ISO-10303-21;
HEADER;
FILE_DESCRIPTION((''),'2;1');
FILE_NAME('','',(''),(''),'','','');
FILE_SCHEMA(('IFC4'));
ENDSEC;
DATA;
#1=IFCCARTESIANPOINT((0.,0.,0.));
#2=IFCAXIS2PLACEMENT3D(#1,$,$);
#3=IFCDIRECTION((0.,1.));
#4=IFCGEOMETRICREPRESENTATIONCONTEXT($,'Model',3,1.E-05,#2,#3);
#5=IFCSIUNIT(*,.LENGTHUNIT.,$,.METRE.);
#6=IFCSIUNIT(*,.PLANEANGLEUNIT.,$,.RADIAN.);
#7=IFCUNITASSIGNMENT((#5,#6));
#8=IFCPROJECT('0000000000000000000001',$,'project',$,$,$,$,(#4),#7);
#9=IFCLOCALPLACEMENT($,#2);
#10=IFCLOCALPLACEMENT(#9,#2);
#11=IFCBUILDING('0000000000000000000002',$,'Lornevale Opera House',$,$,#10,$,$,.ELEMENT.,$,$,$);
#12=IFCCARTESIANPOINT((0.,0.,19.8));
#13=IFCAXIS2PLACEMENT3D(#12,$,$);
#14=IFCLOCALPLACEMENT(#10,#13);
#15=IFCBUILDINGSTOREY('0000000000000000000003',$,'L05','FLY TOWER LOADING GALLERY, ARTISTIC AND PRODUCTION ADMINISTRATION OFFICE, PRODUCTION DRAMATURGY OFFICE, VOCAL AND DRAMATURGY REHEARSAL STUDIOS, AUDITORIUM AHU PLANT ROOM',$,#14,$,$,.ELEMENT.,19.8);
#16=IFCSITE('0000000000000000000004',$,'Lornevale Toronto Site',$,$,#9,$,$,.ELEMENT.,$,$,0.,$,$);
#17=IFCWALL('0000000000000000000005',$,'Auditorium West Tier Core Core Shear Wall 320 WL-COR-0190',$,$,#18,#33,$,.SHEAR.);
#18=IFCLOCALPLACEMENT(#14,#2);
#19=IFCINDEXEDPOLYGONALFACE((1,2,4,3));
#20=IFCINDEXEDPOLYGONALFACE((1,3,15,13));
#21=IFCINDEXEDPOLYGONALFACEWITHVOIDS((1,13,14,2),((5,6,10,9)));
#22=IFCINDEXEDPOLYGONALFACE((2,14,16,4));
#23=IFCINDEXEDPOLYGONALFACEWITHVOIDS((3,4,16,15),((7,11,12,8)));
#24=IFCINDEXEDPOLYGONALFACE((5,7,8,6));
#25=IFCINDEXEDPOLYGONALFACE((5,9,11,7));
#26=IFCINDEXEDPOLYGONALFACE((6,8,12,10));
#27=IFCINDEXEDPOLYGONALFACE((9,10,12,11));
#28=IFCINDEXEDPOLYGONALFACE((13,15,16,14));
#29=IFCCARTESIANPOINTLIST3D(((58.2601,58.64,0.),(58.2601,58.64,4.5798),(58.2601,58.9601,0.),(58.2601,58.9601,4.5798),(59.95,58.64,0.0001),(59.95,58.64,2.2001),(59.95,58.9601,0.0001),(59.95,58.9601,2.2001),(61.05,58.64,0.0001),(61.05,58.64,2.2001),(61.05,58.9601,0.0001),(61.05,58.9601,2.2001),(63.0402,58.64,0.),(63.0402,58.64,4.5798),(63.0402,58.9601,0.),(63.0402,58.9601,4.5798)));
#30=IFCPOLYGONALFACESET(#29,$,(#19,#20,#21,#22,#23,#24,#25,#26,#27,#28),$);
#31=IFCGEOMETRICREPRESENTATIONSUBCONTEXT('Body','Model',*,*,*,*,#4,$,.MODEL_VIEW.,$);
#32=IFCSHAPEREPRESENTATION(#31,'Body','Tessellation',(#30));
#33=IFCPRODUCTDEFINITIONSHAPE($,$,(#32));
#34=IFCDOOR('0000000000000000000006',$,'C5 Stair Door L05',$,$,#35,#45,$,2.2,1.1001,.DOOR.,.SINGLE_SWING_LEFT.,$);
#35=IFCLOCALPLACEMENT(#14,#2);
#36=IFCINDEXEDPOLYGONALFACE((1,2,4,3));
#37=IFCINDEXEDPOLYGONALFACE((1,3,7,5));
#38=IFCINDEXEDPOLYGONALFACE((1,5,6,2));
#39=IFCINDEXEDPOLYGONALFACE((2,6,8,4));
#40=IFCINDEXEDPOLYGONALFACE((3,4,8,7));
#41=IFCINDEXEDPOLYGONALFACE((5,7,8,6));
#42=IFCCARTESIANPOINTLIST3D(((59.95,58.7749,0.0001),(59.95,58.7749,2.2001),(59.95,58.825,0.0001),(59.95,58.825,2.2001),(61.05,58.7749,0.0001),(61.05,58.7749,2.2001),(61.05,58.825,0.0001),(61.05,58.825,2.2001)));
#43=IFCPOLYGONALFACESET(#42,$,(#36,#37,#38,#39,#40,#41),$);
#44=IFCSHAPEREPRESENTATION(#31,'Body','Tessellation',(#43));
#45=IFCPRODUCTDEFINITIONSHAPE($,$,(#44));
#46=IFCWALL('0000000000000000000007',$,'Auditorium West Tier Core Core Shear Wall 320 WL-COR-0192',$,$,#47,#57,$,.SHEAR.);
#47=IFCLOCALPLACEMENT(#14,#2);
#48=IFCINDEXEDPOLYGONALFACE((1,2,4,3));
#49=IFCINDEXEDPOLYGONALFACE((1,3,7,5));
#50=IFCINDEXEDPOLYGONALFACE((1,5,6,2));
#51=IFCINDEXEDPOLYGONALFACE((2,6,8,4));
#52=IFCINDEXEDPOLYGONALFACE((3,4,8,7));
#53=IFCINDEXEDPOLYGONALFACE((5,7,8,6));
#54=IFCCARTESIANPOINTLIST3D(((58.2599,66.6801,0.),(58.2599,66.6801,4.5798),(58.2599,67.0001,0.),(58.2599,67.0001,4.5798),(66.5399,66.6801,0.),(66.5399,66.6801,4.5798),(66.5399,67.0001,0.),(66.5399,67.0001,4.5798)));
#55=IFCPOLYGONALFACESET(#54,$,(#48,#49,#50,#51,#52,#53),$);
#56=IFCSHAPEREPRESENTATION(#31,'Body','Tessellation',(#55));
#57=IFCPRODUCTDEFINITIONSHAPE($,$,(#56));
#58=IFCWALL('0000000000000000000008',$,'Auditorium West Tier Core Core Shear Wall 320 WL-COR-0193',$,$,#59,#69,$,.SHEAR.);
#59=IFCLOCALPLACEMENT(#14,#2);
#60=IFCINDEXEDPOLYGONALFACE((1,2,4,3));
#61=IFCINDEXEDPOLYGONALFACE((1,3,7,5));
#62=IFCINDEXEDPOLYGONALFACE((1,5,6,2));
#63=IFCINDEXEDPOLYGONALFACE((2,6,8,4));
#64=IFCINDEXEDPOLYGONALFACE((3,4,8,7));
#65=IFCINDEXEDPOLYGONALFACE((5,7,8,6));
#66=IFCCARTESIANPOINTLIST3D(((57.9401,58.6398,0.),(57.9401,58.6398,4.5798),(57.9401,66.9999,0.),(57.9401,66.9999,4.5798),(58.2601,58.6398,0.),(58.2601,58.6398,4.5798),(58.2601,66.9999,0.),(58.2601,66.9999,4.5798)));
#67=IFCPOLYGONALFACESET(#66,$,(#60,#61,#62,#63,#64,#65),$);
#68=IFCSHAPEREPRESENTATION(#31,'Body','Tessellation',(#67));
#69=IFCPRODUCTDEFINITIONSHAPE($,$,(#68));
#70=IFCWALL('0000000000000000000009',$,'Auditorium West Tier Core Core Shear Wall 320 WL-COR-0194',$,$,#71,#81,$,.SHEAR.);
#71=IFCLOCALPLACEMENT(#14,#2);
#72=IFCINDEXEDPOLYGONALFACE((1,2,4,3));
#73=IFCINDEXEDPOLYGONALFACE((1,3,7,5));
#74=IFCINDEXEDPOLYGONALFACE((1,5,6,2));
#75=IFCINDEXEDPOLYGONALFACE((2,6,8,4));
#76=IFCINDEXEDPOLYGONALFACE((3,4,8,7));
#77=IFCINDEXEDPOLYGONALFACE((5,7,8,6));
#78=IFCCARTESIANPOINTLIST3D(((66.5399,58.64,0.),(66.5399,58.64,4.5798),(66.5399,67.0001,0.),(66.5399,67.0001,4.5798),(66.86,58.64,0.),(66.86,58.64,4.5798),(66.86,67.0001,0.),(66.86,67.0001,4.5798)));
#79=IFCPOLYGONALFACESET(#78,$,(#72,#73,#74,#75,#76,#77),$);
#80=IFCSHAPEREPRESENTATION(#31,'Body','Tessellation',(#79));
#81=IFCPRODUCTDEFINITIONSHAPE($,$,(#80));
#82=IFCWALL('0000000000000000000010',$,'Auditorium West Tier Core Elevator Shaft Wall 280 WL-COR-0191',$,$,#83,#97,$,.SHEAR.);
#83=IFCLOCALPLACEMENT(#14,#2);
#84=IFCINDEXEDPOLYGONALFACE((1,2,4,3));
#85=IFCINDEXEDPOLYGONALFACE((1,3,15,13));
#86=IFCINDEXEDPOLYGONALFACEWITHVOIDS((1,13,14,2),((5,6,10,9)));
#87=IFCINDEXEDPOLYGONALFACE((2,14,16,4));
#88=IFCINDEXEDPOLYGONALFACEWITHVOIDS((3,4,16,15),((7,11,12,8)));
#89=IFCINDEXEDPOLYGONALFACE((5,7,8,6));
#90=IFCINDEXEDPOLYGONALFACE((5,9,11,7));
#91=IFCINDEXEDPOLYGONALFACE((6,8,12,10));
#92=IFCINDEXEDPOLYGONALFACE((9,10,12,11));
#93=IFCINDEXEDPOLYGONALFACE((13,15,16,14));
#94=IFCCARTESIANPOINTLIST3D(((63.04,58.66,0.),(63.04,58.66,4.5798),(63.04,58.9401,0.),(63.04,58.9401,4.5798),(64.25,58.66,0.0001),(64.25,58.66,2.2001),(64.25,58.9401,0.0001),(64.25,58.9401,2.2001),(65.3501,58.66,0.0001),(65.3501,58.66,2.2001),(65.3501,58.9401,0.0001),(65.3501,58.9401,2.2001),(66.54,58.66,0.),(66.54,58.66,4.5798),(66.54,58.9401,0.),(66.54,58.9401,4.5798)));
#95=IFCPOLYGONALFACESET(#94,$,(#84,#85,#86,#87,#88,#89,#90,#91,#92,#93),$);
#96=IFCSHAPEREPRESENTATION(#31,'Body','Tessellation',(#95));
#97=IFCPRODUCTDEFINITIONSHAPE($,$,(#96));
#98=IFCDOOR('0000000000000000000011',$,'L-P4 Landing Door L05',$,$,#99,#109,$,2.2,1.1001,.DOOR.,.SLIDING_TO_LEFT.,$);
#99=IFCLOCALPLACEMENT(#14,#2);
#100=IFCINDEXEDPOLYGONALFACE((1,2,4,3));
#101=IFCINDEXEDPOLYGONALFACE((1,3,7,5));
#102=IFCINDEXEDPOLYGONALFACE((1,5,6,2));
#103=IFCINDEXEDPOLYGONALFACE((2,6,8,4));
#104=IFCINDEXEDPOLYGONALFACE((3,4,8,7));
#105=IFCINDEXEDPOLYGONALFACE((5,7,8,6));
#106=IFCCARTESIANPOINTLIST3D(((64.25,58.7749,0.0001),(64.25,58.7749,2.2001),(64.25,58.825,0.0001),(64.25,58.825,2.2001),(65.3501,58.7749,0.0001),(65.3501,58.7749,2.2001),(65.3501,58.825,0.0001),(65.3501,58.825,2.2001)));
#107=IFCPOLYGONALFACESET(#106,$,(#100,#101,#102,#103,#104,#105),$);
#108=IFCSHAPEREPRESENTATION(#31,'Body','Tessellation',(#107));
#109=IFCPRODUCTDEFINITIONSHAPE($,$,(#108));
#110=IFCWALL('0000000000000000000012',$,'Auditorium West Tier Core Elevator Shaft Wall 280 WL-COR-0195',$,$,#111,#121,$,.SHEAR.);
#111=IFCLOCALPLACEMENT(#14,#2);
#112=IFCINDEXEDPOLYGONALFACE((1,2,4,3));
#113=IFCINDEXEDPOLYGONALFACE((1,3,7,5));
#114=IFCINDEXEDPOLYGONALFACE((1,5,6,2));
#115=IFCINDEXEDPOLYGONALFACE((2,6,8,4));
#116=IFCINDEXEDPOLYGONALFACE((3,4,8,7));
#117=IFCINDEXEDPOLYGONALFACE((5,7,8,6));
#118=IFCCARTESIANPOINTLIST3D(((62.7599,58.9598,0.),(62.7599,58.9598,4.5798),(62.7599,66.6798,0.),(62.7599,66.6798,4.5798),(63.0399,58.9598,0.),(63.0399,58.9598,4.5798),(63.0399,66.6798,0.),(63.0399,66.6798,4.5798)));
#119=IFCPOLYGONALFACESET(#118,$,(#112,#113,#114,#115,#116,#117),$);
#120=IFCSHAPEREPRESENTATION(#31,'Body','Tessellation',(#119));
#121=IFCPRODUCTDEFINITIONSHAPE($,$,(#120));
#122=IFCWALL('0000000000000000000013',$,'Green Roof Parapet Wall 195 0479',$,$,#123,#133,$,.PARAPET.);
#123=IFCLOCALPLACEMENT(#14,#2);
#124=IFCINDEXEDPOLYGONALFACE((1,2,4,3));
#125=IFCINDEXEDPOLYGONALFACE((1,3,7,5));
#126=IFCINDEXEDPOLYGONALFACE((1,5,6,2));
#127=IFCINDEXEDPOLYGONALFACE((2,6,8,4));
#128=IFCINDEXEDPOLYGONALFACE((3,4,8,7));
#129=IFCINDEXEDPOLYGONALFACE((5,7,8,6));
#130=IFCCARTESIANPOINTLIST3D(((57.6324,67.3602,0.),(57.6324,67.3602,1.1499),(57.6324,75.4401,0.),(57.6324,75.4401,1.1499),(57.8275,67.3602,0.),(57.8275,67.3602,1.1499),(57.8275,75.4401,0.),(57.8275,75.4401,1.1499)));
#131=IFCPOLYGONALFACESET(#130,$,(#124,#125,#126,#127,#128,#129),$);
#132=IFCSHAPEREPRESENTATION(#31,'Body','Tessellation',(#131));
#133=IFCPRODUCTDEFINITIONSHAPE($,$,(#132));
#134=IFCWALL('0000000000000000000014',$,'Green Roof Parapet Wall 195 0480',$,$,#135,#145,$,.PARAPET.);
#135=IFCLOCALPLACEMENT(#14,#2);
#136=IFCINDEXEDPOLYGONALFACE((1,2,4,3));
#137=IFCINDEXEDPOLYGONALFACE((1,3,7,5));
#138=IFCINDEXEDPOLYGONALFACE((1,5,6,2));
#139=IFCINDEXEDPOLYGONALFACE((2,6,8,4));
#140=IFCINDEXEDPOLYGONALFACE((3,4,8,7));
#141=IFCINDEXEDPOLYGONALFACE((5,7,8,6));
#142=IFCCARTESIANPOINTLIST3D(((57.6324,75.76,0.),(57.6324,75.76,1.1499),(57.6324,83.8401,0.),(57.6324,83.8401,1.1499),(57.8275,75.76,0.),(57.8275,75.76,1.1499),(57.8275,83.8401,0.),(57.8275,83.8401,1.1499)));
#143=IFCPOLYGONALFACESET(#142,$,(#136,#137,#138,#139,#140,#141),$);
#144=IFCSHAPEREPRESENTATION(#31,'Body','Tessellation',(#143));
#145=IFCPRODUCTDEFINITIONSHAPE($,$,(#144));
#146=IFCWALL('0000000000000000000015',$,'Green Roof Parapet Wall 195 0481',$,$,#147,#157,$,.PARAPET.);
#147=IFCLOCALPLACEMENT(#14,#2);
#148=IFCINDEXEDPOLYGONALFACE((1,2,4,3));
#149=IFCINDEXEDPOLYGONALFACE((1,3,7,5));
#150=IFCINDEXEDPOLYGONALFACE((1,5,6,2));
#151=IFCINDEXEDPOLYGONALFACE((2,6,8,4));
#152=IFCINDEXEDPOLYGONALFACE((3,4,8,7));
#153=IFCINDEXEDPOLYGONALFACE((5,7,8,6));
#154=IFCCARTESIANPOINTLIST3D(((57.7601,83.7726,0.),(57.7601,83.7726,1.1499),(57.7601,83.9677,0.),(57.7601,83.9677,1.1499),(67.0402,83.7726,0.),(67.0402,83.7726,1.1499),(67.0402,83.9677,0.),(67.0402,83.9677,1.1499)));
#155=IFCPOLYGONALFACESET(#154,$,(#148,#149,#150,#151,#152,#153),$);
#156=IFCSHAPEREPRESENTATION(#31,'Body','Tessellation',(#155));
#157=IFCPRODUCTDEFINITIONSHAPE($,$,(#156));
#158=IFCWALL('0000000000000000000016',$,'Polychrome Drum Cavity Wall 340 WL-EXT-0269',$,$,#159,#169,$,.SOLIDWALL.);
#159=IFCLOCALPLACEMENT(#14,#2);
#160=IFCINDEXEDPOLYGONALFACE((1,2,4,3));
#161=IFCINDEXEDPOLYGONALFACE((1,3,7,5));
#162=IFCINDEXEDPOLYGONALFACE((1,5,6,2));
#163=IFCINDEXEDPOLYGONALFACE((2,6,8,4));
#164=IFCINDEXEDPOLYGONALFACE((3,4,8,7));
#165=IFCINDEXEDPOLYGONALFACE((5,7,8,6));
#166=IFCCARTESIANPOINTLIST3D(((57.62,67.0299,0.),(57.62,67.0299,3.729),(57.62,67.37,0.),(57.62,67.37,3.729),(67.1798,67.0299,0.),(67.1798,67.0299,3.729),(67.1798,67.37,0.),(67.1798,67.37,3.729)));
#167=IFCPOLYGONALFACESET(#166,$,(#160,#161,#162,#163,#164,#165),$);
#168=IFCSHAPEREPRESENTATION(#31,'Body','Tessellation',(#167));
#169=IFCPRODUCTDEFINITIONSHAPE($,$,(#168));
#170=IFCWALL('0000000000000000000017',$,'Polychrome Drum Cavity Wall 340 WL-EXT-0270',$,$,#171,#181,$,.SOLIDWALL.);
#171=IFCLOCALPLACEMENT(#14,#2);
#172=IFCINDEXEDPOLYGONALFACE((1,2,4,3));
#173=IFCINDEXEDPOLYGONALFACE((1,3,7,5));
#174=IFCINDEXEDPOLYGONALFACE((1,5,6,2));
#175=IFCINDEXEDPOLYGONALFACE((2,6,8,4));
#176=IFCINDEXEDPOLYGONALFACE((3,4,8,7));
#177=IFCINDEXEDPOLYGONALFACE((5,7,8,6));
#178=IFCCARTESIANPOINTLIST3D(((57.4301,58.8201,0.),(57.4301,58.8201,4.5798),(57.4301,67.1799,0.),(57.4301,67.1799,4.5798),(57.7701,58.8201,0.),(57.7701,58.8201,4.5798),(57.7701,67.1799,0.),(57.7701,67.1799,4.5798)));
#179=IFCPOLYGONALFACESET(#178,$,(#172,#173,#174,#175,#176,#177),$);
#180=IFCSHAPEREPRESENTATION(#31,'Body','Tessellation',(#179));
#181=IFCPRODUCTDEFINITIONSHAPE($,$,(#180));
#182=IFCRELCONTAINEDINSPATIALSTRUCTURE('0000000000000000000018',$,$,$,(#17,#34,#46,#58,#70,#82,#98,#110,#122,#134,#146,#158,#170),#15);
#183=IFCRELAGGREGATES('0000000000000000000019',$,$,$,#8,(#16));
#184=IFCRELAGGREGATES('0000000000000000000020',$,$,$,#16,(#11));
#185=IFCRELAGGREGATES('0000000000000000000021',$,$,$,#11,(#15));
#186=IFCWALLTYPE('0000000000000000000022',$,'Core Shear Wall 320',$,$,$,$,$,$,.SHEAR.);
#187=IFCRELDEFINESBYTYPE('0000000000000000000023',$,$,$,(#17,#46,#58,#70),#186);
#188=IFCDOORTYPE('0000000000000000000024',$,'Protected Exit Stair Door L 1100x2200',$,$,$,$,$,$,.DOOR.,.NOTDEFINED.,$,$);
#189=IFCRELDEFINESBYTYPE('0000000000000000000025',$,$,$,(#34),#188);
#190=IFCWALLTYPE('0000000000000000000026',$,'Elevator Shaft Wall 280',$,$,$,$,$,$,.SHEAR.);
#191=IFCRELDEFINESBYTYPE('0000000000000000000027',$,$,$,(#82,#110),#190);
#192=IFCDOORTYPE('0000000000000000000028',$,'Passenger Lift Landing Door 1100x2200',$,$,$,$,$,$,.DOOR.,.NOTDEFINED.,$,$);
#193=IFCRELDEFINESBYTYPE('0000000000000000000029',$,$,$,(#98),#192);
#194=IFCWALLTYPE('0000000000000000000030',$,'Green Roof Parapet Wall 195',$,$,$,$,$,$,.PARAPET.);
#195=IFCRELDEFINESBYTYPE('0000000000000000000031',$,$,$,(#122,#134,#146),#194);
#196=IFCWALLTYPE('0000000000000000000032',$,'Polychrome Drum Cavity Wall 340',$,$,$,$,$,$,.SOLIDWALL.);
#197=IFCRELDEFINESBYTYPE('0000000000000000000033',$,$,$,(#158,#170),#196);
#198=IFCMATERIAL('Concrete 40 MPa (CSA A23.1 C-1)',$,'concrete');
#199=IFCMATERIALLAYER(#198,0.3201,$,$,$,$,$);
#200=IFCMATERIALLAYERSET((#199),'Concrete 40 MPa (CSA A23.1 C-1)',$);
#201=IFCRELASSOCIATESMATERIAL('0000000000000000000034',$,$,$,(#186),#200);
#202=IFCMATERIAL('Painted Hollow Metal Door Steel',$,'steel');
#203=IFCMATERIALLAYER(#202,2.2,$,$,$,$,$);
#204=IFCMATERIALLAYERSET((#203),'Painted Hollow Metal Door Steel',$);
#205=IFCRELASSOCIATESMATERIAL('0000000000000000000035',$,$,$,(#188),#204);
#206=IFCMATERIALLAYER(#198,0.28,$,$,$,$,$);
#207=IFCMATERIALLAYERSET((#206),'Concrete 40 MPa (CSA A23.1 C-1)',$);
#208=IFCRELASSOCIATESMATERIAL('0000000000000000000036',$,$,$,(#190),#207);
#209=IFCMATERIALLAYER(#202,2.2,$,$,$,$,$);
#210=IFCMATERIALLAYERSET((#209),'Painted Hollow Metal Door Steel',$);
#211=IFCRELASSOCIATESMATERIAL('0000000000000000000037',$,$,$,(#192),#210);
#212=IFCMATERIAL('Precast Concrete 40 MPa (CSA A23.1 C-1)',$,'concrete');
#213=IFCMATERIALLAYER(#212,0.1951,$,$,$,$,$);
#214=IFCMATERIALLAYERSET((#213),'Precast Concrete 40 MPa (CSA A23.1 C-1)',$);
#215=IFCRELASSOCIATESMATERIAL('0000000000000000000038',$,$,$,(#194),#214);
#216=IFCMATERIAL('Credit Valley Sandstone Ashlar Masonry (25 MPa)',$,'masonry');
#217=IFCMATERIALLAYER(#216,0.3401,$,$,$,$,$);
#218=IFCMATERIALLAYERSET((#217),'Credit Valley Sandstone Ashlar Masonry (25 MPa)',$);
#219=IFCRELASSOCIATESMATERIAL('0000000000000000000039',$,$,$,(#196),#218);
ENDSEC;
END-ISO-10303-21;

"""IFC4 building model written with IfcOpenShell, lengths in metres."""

from ifc_helpers import new_model, si_unit, direction, frame, frame_2d, origin, place, context, subcontext, project, spatial, rectangle, extrude, material, layer, layer_set, type_object, element, fill, save


model = new_model("IFC4")

# Units and contexts
model_context = context("Model", 3, precision=1e-05, world=origin(), true_north=direction((0.0, 1.0)))
body_context = subcontext(model_context, "Body", "Model", "MODEL_VIEW")
ifc_project = project(units=[si_unit("LENGTHUNIT", "METRE"), si_unit("PLANEANGLEUNIT", "RADIAN")], contexts=[model_context])

# Site, building, storey
site_placement = place(None, origin())
site = spatial("IfcSite", under=ifc_project, at=site_placement, Name="Lornevale Toronto Site", CompositionType="ELEMENT", RefElevation=0.0)
building_placement = place(site_placement, origin())
building = spatial("IfcBuilding", under=site, at=building_placement, Name="Lornevale Opera House", CompositionType="ELEMENT")
storey_placement = place(building_placement, frame((0.0, 0.0, 19.8)))
storey = spatial("IfcBuildingStorey", under=building, at=storey_placement, Name="L05", Description="FLY TOWER LOADING GALLERY, ARTISTIC AND PRODUCTION ADMINISTRATION OFFICE, PRODUCTION DRAMATURGY OFFICE, VOCAL AND DRAMATURGY REHEARSAL STUDIOS, AUDITORIUM AHU PLANT ROOM", CompositionType="ELEMENT", Elevation=19.8)

# Wall, opening, door
ifc_material_1 = material(Name="Concrete 40 MPa (CSA A23.1 C-1)", Category="concrete")
ifc_layer_1 = layer(ifc_material_1, 0.3201)
ifc_layer_set_1 = layer_set([ifc_layer_1], Name="Concrete 40 MPa (CSA A23.1 C-1)")
wall_type_1 = type_object("IfcWallType", Name="Core Shear Wall 320", PredefinedType="SHEAR", material=ifc_layer_set_1)
wall_1_placement = place(storey_placement, frame((58.26, 58.8, 0.0), z_axis=(0.0, 0.0, 1.0), x_axis=(1.0, 0.0, 0.0)))
wall_1 = element("IfcWall", 1, at=wall_1_placement, inside=storey, type_object=wall_type_1, Name="Auditorium West Tier Core Core Shear Wall 320 WL-COR-0190", PredefinedType="SHEAR", context=body_context, shape_type="SweptSolid", body=[
    extrude(rectangle(XDim=4.78, YDim=0.3201, at=frame_2d((2.3901, 0.0))), origin(), (0.0, 0.0, 1.0), 4.5798),
])
opening_1_placement = place(wall_1_placement, frame((1.6899, 0.0, 0.0)))
opening_1 = element("IfcOpeningElement", 2, at=opening_1_placement, cuts=wall_1, PredefinedType="OPENING", context=body_context, shape_type="SweptSolid", body=[
    extrude(rectangle(XDim=1.1001, YDim=2.2, at=frame_2d((0.55, 1.1001))), frame((0.0, 0.1699, 0.0), z_axis=(0.0, -1.0, 0.0), x_axis=(1.0, 0.0, 0.0)), (0.0, 0.0, 1.0), 0.3401),
])
ifc_material_2 = material(Name="Painted Hollow Metal Door Steel", Category="steel")
ifc_layer_2 = layer(ifc_material_2, 2.2)
ifc_layer_set_2 = layer_set([ifc_layer_2], Name="Painted Hollow Metal Door Steel")
door_type_1 = type_object("IfcDoorType", Name="Protected Exit Stair Door L 1100x2200", OperationType="NOTDEFINED", PredefinedType="DOOR", material=ifc_layer_set_2)
door_1_placement = place(opening_1_placement, origin())
door_1 = element("IfcDoor", 3, at=door_1_placement, inside=storey, type_object=door_type_1, Name="C5 Stair Door L05", OperationType="SINGLE_SWING_LEFT", OverallHeight=2.2, OverallWidth=1.1001, PredefinedType="DOOR", context=body_context, shape_type="SweptSolid", body=[
    extrude(rectangle(XDim=1.1001, YDim=2.2, at=frame_2d((0.55, 1.1001))), frame((0.0, 0.0249, 0.0), z_axis=(0.0, -1.0, 0.0), x_axis=(1.0, 0.0, 0.0)), (0.0, 0.0, 1.0), 0.05),
])
fill(opening_1, door_1)

# Walls
wall_2_placement = place(storey_placement, frame((66.54, 66.8401, 0.0), z_axis=(0.0, 0.0, 1.0), x_axis=(-1.0, 0.0, 0.0)))
element("IfcWall", 4, at=wall_2_placement, inside=storey, type_object=wall_type_1, Name="Auditorium West Tier Core Core Shear Wall 320 WL-COR-0192", PredefinedType="SHEAR", context=body_context, shape_type="SweptSolid", body=[
    extrude(rectangle(XDim=8.28, YDim=0.3201, at=frame_2d((4.1401, 0.0))), origin(), (0.0, 0.0, 1.0), 4.5798),
])
for number, where, z_axis, x_axis, name in (
    (5, (58.1001, 67.0, 0.0), (0.0, 0.0, 1.0), (0.0, -1.0, 0.0), "Auditorium West Tier Core Core Shear Wall 320 WL-COR-0193"),
    (6, (66.7, 58.6399, 0.0), (0.0, 0.0, 1.0), (0.0, 1.0, 0.0), "Auditorium West Tier Core Core Shear Wall 320 WL-COR-0194"),
):
    element("IfcWall", number, at=place(storey_placement, frame(where, z_axis=z_axis, x_axis=x_axis)), inside=storey, type_object=wall_type_1, Name=name, PredefinedType="SHEAR", context=body_context, shape_type="SweptSolid", body=[
        extrude(rectangle(XDim=8.3601, YDim=0.3201, at=frame_2d((4.1802, 0.0))), origin(), (0.0, 0.0, 1.0), 4.5798),
    ])

# Wall, opening, door
ifc_layer_3 = layer(ifc_material_1, 0.28)
ifc_layer_set_3 = layer_set([ifc_layer_3], Name="Concrete 40 MPa (CSA A23.1 C-1)")
wall_type_2 = type_object("IfcWallType", Name="Elevator Shaft Wall 280", PredefinedType="SHEAR", material=ifc_layer_set_3)
wall_3_placement = place(storey_placement, frame((63.04, 58.8, 0.0), z_axis=(0.0, 0.0, 1.0), x_axis=(1.0, 0.0, 0.0)))
wall_3 = element("IfcWall", 7, at=wall_3_placement, inside=storey, type_object=wall_type_2, Name="Auditorium West Tier Core Elevator Shaft Wall 280 WL-COR-0191", PredefinedType="SHEAR", context=body_context, shape_type="SweptSolid", body=[
    extrude(rectangle(XDim=3.5, YDim=0.28, at=frame_2d((1.75, 0.0))), origin(), (0.0, 0.0, 1.0), 4.5798),
])
opening_2_placement = place(wall_3_placement, frame((1.21, 0.0, 0.0)))
opening_2 = element("IfcOpeningElement", 8, at=opening_2_placement, cuts=wall_3, PredefinedType="OPENING", context=body_context, shape_type="SweptSolid", body=[
    extrude(rectangle(XDim=1.1001, YDim=2.2, at=frame_2d((0.55, 1.1001))), frame((0.0, 0.1499, 0.0), z_axis=(0.0, -1.0, 0.0), x_axis=(1.0, 0.0, 0.0)), (0.0, 0.0, 1.0), 0.3),
])
ifc_layer_4 = layer(ifc_material_2, 2.2)
ifc_layer_set_4 = layer_set([ifc_layer_4], Name="Painted Hollow Metal Door Steel")
door_type_2 = type_object("IfcDoorType", Name="Passenger Lift Landing Door 1100x2200", OperationType="NOTDEFINED", PredefinedType="DOOR", material=ifc_layer_set_4)
door_2_placement = place(opening_2_placement, origin())
door_2 = element("IfcDoor", 9, at=door_2_placement, inside=storey, type_object=door_type_2, Name="L-P4 Landing Door L05", OperationType="SLIDING_TO_LEFT", OverallHeight=2.2, OverallWidth=1.1001, PredefinedType="DOOR", context=body_context, shape_type="SweptSolid", body=[
    extrude(rectangle(XDim=1.1001, YDim=2.2, at=frame_2d((0.55, 1.1001))), frame((0.0, 0.0249, 0.0), z_axis=(0.0, -1.0, 0.0), x_axis=(1.0, 0.0, 0.0)), (0.0, 0.0, 1.0), 0.05),
])
fill(opening_2, door_2)

# Walls
wall_4_placement = place(storey_placement, frame((62.8999, 58.96, 0.0), z_axis=(0.0, 0.0, 1.0), x_axis=(0.0, 1.0, 0.0)))
element("IfcWall", 10, at=wall_4_placement, inside=storey, type_object=wall_type_2, Name="Auditorium West Tier Core Elevator Shaft Wall 280 WL-COR-0195", PredefinedType="SHEAR", context=body_context, shape_type="SweptSolid", body=[
    extrude(rectangle(XDim=7.72, YDim=0.28, at=frame_2d((3.8599, 0.0))), origin(), (0.0, 0.0, 1.0), 4.5798),
])
ifc_material_3 = material(Name="Precast Concrete 40 MPa (CSA A23.1 C-1)", Category="concrete")
ifc_layer_5 = layer(ifc_material_3, 0.1951)
ifc_layer_set_5 = layer_set([ifc_layer_5], Name="Precast Concrete 40 MPa (CSA A23.1 C-1)")
wall_type_3 = type_object("IfcWallType", Name="Green Roof Parapet Wall 195", PredefinedType="PARAPET", material=ifc_layer_set_5)
wall_5_placement = place(storey_placement, frame((57.73, 67.3601, 0.0), z_axis=(0.0, 0.0, 1.0), x_axis=(0.0, 1.0, 0.0)))
element("IfcWall", 11, at=wall_5_placement, inside=storey, type_object=wall_type_3, Name="Green Roof Parapet Wall 195 0479", PredefinedType="PARAPET", context=body_context, shape_type="SweptSolid", body=[
    extrude(rectangle(XDim=8.0798, YDim=0.1951, at=frame_2d((4.04, 0.0))), origin(), (0.0, 0.0, 1.0), 1.1499),
])
wall_6_placement = place(storey_placement, frame((57.73, 75.76, 0.0), z_axis=(0.0, 0.0, 1.0), x_axis=(0.0, 1.0, 0.0)))
element("IfcWall", 12, at=wall_6_placement, inside=storey, type_object=wall_type_3, Name="Green Roof Parapet Wall 195 0480", PredefinedType="PARAPET", context=body_context, shape_type="SweptSolid", body=[
    extrude(rectangle(XDim=8.0801, YDim=0.1951, at=frame_2d((4.04, 0.0))), origin(), (0.0, 0.0, 1.0), 1.1499),
])
wall_7_placement = place(storey_placement, frame((57.76, 83.8701, 0.0), z_axis=(0.0, 0.0, 1.0), x_axis=(1.0, 0.0, 0.0)))
element("IfcWall", 13, at=wall_7_placement, inside=storey, type_object=wall_type_3, Name="Green Roof Parapet Wall 195 0481", PredefinedType="PARAPET", context=body_context, shape_type="SweptSolid", body=[
    extrude(rectangle(XDim=9.28, YDim=0.1951, at=frame_2d((4.6401, 0.0))), origin(), (0.0, 0.0, 1.0), 1.1499),
])
ifc_material_4 = material(Name="Credit Valley Sandstone Ashlar Masonry (25 MPa)", Category="masonry")
ifc_layer_6 = layer(ifc_material_4, 0.3401)
ifc_layer_set_6 = layer_set([ifc_layer_6], Name="Credit Valley Sandstone Ashlar Masonry (25 MPa)")
wall_type_4 = type_object("IfcWallType", Name="Polychrome Drum Cavity Wall 340", PredefinedType="SOLIDWALL", material=ifc_layer_set_6)
wall_8_placement = place(storey_placement, frame((57.6201, 67.2, 0.0), z_axis=(0.0, 0.0, 1.0), x_axis=(1.0, 0.0, 0.0)))
element("IfcWall", 14, at=wall_8_placement, inside=storey, type_object=wall_type_4, Name="Polychrome Drum Cavity Wall 340 WL-EXT-0269", PredefinedType="SOLIDWALL", context=body_context, shape_type="SweptSolid", body=[
    extrude(rectangle(XDim=9.5598, YDim=0.3401, at=frame_2d((4.7798, 0.0))), origin(), (0.0, 0.0, 1.0), 3.729),
])
wall_9_placement = place(storey_placement, frame((57.6001, 58.8201, 0.0), z_axis=(0.0, 0.0, 1.0), x_axis=(0.0, 1.0, 0.0)))
element("IfcWall", 15, at=wall_9_placement, inside=storey, type_object=wall_type_4, Name="Polychrome Drum Cavity Wall 340 WL-EXT-0270", PredefinedType="SOLIDWALL", context=body_context, shape_type="SweptSolid", body=[
    extrude(rectangle(XDim=8.3599, YDim=0.3401, at=frame_2d((4.1799, 0.0))), origin(), (0.0, 0.0, 1.0), 4.5798),
])

save(model, "model.ifc")
